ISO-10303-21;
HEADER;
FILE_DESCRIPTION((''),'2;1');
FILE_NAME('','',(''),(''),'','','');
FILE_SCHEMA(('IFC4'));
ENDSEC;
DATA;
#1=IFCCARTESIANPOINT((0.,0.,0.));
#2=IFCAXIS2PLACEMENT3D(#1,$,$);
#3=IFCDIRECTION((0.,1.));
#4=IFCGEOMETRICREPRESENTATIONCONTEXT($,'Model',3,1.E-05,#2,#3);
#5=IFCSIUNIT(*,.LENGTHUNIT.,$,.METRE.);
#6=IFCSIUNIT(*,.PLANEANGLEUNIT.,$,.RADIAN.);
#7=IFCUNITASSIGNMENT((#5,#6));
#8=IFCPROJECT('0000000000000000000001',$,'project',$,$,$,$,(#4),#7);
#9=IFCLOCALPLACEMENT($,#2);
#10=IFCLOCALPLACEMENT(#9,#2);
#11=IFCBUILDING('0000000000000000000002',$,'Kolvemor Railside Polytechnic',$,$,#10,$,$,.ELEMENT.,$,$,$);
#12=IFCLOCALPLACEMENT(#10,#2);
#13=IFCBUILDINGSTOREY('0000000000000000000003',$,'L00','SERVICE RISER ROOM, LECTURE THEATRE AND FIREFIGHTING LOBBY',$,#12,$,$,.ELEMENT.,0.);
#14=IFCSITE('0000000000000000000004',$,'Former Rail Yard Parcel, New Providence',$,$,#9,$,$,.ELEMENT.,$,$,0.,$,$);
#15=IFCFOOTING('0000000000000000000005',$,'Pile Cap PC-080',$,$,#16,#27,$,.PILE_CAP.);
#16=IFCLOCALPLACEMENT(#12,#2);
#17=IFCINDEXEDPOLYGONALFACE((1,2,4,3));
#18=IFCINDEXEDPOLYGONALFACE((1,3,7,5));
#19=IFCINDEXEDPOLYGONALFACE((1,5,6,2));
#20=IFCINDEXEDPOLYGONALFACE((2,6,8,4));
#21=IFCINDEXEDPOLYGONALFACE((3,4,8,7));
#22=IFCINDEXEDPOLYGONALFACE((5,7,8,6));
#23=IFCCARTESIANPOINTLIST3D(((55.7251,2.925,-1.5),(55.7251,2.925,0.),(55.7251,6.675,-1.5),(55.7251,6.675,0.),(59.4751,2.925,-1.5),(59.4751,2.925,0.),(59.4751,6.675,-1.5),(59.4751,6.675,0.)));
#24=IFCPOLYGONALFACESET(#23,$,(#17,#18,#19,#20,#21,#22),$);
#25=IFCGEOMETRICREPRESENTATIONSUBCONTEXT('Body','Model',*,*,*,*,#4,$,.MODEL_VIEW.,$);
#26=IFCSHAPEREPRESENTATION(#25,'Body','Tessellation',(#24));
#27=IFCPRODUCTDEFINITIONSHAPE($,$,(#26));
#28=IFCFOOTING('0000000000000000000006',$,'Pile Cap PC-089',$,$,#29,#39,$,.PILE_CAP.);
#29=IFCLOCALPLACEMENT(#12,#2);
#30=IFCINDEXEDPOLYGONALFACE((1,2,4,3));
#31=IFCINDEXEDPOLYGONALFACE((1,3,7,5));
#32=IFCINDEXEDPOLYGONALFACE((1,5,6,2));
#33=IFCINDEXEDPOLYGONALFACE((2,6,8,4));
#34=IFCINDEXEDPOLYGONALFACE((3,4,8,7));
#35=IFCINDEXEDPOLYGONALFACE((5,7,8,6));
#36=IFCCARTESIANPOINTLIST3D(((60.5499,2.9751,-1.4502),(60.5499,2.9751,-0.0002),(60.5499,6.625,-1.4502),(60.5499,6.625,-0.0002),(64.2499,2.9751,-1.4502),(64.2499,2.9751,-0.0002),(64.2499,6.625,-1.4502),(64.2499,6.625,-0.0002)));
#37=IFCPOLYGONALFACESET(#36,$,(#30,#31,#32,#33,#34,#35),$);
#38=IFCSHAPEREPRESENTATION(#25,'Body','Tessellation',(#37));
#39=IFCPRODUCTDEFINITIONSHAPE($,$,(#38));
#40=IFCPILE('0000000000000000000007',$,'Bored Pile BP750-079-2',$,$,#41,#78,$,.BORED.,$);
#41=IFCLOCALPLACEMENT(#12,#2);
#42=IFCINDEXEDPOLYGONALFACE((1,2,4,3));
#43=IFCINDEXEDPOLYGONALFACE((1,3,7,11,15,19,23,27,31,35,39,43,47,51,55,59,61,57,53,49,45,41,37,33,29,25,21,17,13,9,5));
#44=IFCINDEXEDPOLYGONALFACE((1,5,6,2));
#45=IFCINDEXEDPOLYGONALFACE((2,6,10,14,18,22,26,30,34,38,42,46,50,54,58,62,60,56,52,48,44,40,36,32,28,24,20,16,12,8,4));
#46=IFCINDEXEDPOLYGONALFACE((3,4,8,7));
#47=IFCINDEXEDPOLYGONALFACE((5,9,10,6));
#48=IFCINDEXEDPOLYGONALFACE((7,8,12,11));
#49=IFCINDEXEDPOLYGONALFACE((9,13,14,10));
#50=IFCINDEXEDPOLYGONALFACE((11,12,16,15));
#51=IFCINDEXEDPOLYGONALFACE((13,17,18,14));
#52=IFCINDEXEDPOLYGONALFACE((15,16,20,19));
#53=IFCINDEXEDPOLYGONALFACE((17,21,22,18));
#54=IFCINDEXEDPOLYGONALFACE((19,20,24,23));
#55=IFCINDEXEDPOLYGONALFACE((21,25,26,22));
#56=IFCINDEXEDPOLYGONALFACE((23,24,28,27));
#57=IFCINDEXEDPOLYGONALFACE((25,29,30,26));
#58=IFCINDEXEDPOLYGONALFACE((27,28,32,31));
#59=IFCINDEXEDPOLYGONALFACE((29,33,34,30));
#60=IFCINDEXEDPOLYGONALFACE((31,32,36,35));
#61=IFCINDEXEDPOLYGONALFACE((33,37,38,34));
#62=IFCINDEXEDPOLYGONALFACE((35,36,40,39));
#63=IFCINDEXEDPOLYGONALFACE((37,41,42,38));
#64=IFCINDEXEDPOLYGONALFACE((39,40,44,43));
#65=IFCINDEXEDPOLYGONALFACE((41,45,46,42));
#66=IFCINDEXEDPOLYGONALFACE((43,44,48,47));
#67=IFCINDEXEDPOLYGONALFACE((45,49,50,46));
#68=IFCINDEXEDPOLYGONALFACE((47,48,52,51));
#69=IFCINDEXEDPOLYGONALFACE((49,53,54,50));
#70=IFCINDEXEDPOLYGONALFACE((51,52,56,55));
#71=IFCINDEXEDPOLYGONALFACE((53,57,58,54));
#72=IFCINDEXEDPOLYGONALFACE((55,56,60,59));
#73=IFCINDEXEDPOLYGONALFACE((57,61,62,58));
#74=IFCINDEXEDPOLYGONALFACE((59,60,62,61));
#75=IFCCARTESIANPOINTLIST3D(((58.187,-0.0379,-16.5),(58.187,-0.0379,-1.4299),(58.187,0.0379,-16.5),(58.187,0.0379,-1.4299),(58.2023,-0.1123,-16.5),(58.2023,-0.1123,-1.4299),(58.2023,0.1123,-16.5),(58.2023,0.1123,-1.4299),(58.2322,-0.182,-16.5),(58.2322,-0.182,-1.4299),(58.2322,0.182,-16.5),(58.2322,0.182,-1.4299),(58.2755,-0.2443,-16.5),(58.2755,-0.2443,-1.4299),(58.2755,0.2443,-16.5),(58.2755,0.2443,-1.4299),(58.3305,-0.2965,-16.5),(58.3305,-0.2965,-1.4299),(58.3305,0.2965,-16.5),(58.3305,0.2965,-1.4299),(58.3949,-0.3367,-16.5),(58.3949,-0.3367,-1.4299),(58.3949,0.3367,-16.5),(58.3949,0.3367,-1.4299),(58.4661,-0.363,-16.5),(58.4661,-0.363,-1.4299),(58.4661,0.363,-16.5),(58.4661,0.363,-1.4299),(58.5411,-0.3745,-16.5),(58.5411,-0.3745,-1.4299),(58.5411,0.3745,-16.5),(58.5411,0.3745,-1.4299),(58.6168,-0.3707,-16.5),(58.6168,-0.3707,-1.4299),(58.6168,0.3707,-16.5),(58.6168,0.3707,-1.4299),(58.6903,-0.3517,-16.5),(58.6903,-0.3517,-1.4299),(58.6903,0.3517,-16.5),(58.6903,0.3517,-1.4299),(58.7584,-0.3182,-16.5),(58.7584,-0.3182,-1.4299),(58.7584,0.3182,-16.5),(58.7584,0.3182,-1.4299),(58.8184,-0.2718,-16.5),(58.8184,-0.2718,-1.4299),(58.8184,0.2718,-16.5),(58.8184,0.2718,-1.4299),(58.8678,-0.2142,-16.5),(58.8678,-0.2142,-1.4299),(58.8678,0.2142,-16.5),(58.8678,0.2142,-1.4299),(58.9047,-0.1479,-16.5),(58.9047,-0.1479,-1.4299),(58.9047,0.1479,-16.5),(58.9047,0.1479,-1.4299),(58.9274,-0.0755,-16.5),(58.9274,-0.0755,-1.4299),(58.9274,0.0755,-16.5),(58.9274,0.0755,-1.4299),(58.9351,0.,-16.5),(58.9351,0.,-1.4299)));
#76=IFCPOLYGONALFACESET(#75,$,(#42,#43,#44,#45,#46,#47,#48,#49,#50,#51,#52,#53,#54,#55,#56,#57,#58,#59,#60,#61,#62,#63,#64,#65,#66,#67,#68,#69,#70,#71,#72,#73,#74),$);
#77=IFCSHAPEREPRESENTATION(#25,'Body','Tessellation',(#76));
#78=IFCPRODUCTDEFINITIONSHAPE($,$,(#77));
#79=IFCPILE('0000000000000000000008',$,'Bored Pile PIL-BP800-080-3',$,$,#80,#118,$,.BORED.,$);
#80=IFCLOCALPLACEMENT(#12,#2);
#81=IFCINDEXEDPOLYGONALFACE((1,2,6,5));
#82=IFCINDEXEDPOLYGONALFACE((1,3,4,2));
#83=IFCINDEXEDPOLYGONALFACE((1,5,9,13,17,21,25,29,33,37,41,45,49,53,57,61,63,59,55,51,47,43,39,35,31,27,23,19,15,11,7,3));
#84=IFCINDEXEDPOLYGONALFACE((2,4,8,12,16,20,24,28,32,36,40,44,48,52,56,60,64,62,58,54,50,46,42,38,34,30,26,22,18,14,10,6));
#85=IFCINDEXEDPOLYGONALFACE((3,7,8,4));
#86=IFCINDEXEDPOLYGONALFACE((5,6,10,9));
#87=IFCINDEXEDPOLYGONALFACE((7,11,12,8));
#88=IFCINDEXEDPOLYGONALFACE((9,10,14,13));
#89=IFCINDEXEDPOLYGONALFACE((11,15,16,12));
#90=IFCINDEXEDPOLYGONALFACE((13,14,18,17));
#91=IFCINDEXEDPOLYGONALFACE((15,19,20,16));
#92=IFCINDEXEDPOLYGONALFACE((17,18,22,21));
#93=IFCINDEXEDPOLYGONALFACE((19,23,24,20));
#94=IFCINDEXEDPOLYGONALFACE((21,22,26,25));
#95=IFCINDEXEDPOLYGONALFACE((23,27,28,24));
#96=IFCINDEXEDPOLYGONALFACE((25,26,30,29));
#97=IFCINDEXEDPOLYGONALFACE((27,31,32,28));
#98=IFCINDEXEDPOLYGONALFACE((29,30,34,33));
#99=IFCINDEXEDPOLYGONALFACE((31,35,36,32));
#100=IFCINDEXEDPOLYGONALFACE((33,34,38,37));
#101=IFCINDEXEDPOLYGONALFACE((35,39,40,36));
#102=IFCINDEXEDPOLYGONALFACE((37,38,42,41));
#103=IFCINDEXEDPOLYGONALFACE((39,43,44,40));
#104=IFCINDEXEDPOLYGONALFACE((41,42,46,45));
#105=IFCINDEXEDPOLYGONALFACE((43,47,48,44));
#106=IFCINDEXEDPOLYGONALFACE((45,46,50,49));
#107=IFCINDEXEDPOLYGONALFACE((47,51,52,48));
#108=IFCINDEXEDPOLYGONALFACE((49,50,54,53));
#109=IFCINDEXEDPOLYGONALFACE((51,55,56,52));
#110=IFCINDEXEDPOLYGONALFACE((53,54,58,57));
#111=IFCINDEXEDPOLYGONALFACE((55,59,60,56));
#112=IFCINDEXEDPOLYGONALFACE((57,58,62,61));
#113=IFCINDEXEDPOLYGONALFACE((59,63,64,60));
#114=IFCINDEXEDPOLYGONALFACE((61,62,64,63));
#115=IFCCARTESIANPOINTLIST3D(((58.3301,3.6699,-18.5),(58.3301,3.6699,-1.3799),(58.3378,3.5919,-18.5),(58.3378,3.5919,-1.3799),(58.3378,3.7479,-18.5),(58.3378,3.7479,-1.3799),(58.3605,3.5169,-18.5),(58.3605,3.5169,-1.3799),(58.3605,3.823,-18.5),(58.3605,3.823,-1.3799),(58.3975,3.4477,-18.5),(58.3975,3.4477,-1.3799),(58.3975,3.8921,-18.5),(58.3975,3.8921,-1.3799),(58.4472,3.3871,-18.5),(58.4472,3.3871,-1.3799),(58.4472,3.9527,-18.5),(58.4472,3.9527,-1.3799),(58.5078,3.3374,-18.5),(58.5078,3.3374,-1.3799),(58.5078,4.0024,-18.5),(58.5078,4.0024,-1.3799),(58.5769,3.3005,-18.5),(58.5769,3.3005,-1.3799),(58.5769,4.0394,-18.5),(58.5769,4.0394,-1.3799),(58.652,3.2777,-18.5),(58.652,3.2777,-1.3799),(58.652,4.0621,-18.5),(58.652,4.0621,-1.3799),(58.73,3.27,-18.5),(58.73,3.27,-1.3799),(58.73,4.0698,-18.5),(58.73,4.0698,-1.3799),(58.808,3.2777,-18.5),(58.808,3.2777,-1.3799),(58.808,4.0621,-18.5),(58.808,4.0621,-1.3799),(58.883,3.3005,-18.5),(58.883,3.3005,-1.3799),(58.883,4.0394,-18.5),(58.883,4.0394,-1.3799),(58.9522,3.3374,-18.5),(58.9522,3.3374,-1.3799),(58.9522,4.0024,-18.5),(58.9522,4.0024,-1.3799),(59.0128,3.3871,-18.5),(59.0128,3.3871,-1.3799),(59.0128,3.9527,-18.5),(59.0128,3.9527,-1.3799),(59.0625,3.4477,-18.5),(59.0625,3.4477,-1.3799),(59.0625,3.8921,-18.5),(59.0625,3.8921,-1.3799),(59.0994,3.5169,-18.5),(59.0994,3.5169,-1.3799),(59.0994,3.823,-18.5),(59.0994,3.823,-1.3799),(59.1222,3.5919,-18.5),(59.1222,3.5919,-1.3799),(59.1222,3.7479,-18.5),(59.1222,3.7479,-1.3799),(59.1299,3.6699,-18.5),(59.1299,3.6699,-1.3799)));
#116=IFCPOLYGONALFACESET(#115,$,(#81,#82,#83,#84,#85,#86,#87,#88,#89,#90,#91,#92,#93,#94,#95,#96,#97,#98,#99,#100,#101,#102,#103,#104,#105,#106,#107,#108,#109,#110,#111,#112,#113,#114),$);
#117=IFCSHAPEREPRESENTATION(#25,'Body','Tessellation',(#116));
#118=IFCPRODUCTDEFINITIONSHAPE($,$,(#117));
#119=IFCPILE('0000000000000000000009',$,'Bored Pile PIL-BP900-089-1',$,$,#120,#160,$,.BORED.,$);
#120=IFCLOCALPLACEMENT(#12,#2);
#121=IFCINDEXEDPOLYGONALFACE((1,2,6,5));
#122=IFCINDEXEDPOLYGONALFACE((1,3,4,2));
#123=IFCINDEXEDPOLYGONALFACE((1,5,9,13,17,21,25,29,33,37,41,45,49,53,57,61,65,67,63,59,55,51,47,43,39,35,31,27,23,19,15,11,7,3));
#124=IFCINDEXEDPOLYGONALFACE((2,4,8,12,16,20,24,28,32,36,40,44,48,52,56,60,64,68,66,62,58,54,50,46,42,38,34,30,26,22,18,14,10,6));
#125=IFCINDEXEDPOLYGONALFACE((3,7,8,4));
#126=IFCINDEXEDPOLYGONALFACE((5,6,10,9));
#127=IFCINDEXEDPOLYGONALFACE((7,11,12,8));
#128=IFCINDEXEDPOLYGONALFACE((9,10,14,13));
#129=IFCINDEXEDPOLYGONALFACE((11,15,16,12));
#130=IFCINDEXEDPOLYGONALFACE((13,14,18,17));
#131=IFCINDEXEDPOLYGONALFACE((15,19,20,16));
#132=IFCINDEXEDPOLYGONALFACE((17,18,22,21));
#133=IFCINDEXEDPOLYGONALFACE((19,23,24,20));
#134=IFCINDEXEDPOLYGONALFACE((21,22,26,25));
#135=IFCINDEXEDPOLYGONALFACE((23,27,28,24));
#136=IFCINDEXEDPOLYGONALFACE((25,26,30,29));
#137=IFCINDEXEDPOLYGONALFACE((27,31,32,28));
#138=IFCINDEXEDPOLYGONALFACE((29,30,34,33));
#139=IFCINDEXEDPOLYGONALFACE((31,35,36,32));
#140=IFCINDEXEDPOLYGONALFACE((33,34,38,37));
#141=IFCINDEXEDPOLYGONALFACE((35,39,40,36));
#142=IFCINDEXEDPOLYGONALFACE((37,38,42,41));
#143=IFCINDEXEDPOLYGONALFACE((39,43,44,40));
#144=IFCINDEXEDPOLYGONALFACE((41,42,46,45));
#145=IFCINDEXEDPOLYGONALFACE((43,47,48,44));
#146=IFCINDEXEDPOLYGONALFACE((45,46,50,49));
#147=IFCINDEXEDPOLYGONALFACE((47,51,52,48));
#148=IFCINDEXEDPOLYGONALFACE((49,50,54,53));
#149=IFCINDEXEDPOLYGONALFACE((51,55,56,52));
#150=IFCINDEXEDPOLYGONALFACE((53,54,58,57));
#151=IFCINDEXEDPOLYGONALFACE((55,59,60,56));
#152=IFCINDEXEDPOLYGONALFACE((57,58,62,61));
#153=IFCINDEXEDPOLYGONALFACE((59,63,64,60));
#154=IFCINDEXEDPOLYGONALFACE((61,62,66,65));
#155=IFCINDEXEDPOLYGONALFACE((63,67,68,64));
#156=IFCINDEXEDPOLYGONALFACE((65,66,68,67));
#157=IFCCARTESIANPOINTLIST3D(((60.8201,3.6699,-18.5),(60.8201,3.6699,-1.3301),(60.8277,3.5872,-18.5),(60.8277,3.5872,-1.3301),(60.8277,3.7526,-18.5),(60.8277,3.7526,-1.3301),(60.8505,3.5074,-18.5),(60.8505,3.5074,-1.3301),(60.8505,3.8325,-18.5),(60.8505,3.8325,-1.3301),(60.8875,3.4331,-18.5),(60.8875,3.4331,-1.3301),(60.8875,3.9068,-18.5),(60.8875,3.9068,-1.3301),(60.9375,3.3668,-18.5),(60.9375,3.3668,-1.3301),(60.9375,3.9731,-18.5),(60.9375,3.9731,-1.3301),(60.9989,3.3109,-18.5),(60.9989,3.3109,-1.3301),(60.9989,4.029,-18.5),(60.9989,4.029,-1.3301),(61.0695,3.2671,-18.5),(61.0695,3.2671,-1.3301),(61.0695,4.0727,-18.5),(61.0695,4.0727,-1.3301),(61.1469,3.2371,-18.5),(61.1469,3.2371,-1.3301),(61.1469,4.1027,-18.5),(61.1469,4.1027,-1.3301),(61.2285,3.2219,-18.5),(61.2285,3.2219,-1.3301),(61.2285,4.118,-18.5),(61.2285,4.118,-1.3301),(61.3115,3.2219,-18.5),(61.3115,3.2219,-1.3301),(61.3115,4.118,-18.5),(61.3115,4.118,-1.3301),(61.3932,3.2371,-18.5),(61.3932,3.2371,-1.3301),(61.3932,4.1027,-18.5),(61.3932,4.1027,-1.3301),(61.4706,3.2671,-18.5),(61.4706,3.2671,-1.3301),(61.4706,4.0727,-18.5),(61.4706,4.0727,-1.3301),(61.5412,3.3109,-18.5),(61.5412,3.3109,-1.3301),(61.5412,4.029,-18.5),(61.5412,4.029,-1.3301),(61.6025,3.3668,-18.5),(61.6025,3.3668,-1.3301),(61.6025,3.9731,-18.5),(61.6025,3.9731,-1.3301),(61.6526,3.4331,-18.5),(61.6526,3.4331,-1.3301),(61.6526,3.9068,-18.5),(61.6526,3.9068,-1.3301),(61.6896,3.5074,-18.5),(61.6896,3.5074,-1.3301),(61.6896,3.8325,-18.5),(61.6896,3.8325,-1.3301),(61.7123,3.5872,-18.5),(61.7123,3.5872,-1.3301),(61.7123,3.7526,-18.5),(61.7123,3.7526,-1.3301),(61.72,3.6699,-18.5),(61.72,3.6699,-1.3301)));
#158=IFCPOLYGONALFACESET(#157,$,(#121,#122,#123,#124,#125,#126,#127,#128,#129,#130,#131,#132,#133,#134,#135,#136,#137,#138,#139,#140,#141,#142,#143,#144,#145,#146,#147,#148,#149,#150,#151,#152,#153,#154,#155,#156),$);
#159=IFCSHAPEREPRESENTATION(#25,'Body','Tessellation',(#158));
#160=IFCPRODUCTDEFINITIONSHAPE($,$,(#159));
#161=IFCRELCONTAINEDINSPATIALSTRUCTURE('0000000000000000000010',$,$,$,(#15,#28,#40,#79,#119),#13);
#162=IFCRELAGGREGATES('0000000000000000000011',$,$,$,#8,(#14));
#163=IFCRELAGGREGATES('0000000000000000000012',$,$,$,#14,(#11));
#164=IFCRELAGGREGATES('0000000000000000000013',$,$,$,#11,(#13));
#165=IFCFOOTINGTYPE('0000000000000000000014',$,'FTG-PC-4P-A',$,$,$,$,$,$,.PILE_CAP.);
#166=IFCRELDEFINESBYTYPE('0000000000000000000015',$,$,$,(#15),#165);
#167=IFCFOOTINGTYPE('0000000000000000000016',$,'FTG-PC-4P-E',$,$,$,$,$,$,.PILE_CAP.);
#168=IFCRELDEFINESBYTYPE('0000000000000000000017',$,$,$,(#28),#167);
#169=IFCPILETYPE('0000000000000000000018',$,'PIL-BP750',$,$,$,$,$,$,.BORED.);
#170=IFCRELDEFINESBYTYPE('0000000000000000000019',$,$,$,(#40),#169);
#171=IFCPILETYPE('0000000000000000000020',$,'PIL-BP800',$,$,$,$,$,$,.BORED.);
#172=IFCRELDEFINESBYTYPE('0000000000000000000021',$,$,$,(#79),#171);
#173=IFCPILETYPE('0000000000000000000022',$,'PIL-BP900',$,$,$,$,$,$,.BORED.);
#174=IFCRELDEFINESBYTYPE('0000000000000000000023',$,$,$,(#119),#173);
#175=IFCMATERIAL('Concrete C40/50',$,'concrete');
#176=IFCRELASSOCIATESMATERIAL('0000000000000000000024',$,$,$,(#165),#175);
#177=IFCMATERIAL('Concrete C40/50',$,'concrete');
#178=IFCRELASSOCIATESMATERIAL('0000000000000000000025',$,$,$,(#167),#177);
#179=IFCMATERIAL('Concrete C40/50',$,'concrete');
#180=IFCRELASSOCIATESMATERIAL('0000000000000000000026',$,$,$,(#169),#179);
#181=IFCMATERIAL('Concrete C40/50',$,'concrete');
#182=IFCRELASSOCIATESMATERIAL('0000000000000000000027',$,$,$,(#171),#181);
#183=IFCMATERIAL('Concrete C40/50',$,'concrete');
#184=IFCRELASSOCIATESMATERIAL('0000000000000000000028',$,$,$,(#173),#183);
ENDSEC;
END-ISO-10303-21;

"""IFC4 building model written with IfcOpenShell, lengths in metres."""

from ifc_helpers import new_model, si_unit, direction, frame, origin, origin_2d, place, context, subcontext, project, spatial, rectangle, circle, extrude, material, material_profile, profile_set, type_object, element, save


model = new_model("IFC4")

# Units and contexts
model_context = context("Model", 3, precision=1e-05, world=origin(), true_north=direction((0.0, 1.0)))
body_context = subcontext(model_context, "Body", "Model", "MODEL_VIEW")
ifc_project = project(units=[si_unit("LENGTHUNIT", "METRE"), si_unit("PLANEANGLEUNIT", "RADIAN")], contexts=[model_context])

# Site, building, storey
site_placement = place(None, origin())
site = spatial("IfcSite", under=ifc_project, at=site_placement, Name="Former Rail Yard Parcel, New Providence", CompositionType="ELEMENT", RefElevation=0.0)
building_placement = place(site_placement, origin())
building = spatial("IfcBuilding", under=site, at=building_placement, Name="Kolvemor Railside Polytechnic", CompositionType="ELEMENT")
storey_placement = place(building_placement, origin())
storey = spatial("IfcBuildingStorey", under=building, at=storey_placement, Name="L00", Description="SERVICE RISER ROOM, LECTURE THEATRE AND FIREFIGHTING LOBBY", CompositionType="ELEMENT", Elevation=0.0)

# Footings
ifc_material_1 = material(Name="Concrete C40/50", Category="concrete")
footing_type_1 = type_object("IfcFootingType", Name="FTG-PC-4P-A", PredefinedType="PILE_CAP", material=ifc_material_1)
footing_1_placement = place(storey_placement, frame((57.6001, 4.8, -1.5), z_axis=(0.0, 0.0, 1.0), x_axis=(1.0, 0.0, 0.0)))
element("IfcFooting", 1, at=footing_1_placement, inside=storey, type_object=footing_type_1, Name="Pile Cap PC-080", PredefinedType="PILE_CAP", context=body_context, shape_type="SweptSolid", body=[
    extrude(rectangle(XDim=3.75, YDim=3.75, at=origin_2d()), origin(), (0.0, 0.0, 1.0), 1.5),
])
ifc_material_2 = material(Name="Concrete C40/50", Category="concrete")
footing_type_2 = type_object("IfcFootingType", Name="FTG-PC-4P-E", PredefinedType="PILE_CAP", material=ifc_material_2)
footing_2_placement = place(storey_placement, frame((62.3999, 4.8, -1.4502), z_axis=(0.0, 0.0, 1.0), x_axis=(1.0, 0.0, 0.0)))
element("IfcFooting", 2, at=footing_2_placement, inside=storey, type_object=footing_type_2, Name="Pile Cap PC-089", PredefinedType="PILE_CAP", context=body_context, shape_type="SweptSolid", body=[
    extrude(rectangle(XDim=3.7, YDim=3.6499, at=origin_2d()), origin(), (0.0, 0.0, 1.0), 1.45),
])

# Piles
ifc_material_3 = material(Name="Concrete C40/50", Category="concrete")
ifc_material_profile_1 = material_profile(ifc_material_3, circle(Radius=0.375, at=origin_2d()), Name="BP750")
ifc_profile_set_1 = profile_set([ifc_material_profile_1], Name="Concrete C40/50")
pile_type_1 = type_object("IfcPileType", Name="PIL-BP750", PredefinedType="BORED", material=ifc_profile_set_1)
pile_1_placement = place(storey_placement, frame((58.5601, 0.0, -1.4299), z_axis=(0.0, 0.0, -1.0), x_axis=(1.0, 0.0, 0.0)))
element("IfcPile", 3, at=pile_1_placement, inside=storey, type_object=pile_type_1, Name="Bored Pile BP750-079-2", PredefinedType="BORED", context=body_context, shape_type="SweptSolid", body=[
    extrude(circle(Radius=0.375, at=origin_2d()), origin(), (0.0, 0.0, 1.0), 15.0701),
])
ifc_material_4 = material(Name="Concrete C40/50", Category="concrete")
ifc_material_profile_2 = material_profile(ifc_material_4, circle(Radius=0.3999, at=origin_2d()), Name="BP800")
ifc_profile_set_2 = profile_set([ifc_material_profile_2], Name="Concrete C40/50")
pile_type_2 = type_object("IfcPileType", Name="PIL-BP800", PredefinedType="BORED", material=ifc_profile_set_2)
pile_2_placement = place(storey_placement, frame((58.73, 3.6699, -1.3799), z_axis=(0.0, 0.0, -1.0), x_axis=(1.0, 0.0, 0.0)))
element("IfcPile", 4, at=pile_2_placement, inside=storey, type_object=pile_type_2, Name="Bored Pile PIL-BP800-080-3", PredefinedType="BORED", context=body_context, shape_type="SweptSolid", body=[
    extrude(circle(Radius=0.3999, at=origin_2d()), origin(), (0.0, 0.0, 1.0), 17.1201),
])
ifc_material_5 = material(Name="Concrete C40/50", Category="concrete")
ifc_material_profile_3 = material_profile(ifc_material_5, circle(Radius=0.45, at=origin_2d()), Name="BP900")
ifc_profile_set_3 = profile_set([ifc_material_profile_3], Name="Concrete C40/50")
pile_type_3 = type_object("IfcPileType", Name="PIL-BP900", PredefinedType="BORED", material=ifc_profile_set_3)
for number, where, z_axis, x_axis, name in (
    (5, (61.27, 3.6699, -1.3301), (0.0, 0.0, -1.0), (1.0, 0.0, 0.0), "Bored Pile PIL-BP900-089-1"),
):
    element("IfcPile", number, at=place(storey_placement, frame(where, z_axis=z_axis, x_axis=x_axis)), inside=storey, type_object=pile_type_3, Name=name, PredefinedType="BORED", context=body_context, shape_type="SweptSolid", body=[
        extrude(circle(Radius=0.45, at=origin_2d()), origin(), (0.0, 0.0, 1.0), 17.1699),
    ])

save(model, "model.ifc")
